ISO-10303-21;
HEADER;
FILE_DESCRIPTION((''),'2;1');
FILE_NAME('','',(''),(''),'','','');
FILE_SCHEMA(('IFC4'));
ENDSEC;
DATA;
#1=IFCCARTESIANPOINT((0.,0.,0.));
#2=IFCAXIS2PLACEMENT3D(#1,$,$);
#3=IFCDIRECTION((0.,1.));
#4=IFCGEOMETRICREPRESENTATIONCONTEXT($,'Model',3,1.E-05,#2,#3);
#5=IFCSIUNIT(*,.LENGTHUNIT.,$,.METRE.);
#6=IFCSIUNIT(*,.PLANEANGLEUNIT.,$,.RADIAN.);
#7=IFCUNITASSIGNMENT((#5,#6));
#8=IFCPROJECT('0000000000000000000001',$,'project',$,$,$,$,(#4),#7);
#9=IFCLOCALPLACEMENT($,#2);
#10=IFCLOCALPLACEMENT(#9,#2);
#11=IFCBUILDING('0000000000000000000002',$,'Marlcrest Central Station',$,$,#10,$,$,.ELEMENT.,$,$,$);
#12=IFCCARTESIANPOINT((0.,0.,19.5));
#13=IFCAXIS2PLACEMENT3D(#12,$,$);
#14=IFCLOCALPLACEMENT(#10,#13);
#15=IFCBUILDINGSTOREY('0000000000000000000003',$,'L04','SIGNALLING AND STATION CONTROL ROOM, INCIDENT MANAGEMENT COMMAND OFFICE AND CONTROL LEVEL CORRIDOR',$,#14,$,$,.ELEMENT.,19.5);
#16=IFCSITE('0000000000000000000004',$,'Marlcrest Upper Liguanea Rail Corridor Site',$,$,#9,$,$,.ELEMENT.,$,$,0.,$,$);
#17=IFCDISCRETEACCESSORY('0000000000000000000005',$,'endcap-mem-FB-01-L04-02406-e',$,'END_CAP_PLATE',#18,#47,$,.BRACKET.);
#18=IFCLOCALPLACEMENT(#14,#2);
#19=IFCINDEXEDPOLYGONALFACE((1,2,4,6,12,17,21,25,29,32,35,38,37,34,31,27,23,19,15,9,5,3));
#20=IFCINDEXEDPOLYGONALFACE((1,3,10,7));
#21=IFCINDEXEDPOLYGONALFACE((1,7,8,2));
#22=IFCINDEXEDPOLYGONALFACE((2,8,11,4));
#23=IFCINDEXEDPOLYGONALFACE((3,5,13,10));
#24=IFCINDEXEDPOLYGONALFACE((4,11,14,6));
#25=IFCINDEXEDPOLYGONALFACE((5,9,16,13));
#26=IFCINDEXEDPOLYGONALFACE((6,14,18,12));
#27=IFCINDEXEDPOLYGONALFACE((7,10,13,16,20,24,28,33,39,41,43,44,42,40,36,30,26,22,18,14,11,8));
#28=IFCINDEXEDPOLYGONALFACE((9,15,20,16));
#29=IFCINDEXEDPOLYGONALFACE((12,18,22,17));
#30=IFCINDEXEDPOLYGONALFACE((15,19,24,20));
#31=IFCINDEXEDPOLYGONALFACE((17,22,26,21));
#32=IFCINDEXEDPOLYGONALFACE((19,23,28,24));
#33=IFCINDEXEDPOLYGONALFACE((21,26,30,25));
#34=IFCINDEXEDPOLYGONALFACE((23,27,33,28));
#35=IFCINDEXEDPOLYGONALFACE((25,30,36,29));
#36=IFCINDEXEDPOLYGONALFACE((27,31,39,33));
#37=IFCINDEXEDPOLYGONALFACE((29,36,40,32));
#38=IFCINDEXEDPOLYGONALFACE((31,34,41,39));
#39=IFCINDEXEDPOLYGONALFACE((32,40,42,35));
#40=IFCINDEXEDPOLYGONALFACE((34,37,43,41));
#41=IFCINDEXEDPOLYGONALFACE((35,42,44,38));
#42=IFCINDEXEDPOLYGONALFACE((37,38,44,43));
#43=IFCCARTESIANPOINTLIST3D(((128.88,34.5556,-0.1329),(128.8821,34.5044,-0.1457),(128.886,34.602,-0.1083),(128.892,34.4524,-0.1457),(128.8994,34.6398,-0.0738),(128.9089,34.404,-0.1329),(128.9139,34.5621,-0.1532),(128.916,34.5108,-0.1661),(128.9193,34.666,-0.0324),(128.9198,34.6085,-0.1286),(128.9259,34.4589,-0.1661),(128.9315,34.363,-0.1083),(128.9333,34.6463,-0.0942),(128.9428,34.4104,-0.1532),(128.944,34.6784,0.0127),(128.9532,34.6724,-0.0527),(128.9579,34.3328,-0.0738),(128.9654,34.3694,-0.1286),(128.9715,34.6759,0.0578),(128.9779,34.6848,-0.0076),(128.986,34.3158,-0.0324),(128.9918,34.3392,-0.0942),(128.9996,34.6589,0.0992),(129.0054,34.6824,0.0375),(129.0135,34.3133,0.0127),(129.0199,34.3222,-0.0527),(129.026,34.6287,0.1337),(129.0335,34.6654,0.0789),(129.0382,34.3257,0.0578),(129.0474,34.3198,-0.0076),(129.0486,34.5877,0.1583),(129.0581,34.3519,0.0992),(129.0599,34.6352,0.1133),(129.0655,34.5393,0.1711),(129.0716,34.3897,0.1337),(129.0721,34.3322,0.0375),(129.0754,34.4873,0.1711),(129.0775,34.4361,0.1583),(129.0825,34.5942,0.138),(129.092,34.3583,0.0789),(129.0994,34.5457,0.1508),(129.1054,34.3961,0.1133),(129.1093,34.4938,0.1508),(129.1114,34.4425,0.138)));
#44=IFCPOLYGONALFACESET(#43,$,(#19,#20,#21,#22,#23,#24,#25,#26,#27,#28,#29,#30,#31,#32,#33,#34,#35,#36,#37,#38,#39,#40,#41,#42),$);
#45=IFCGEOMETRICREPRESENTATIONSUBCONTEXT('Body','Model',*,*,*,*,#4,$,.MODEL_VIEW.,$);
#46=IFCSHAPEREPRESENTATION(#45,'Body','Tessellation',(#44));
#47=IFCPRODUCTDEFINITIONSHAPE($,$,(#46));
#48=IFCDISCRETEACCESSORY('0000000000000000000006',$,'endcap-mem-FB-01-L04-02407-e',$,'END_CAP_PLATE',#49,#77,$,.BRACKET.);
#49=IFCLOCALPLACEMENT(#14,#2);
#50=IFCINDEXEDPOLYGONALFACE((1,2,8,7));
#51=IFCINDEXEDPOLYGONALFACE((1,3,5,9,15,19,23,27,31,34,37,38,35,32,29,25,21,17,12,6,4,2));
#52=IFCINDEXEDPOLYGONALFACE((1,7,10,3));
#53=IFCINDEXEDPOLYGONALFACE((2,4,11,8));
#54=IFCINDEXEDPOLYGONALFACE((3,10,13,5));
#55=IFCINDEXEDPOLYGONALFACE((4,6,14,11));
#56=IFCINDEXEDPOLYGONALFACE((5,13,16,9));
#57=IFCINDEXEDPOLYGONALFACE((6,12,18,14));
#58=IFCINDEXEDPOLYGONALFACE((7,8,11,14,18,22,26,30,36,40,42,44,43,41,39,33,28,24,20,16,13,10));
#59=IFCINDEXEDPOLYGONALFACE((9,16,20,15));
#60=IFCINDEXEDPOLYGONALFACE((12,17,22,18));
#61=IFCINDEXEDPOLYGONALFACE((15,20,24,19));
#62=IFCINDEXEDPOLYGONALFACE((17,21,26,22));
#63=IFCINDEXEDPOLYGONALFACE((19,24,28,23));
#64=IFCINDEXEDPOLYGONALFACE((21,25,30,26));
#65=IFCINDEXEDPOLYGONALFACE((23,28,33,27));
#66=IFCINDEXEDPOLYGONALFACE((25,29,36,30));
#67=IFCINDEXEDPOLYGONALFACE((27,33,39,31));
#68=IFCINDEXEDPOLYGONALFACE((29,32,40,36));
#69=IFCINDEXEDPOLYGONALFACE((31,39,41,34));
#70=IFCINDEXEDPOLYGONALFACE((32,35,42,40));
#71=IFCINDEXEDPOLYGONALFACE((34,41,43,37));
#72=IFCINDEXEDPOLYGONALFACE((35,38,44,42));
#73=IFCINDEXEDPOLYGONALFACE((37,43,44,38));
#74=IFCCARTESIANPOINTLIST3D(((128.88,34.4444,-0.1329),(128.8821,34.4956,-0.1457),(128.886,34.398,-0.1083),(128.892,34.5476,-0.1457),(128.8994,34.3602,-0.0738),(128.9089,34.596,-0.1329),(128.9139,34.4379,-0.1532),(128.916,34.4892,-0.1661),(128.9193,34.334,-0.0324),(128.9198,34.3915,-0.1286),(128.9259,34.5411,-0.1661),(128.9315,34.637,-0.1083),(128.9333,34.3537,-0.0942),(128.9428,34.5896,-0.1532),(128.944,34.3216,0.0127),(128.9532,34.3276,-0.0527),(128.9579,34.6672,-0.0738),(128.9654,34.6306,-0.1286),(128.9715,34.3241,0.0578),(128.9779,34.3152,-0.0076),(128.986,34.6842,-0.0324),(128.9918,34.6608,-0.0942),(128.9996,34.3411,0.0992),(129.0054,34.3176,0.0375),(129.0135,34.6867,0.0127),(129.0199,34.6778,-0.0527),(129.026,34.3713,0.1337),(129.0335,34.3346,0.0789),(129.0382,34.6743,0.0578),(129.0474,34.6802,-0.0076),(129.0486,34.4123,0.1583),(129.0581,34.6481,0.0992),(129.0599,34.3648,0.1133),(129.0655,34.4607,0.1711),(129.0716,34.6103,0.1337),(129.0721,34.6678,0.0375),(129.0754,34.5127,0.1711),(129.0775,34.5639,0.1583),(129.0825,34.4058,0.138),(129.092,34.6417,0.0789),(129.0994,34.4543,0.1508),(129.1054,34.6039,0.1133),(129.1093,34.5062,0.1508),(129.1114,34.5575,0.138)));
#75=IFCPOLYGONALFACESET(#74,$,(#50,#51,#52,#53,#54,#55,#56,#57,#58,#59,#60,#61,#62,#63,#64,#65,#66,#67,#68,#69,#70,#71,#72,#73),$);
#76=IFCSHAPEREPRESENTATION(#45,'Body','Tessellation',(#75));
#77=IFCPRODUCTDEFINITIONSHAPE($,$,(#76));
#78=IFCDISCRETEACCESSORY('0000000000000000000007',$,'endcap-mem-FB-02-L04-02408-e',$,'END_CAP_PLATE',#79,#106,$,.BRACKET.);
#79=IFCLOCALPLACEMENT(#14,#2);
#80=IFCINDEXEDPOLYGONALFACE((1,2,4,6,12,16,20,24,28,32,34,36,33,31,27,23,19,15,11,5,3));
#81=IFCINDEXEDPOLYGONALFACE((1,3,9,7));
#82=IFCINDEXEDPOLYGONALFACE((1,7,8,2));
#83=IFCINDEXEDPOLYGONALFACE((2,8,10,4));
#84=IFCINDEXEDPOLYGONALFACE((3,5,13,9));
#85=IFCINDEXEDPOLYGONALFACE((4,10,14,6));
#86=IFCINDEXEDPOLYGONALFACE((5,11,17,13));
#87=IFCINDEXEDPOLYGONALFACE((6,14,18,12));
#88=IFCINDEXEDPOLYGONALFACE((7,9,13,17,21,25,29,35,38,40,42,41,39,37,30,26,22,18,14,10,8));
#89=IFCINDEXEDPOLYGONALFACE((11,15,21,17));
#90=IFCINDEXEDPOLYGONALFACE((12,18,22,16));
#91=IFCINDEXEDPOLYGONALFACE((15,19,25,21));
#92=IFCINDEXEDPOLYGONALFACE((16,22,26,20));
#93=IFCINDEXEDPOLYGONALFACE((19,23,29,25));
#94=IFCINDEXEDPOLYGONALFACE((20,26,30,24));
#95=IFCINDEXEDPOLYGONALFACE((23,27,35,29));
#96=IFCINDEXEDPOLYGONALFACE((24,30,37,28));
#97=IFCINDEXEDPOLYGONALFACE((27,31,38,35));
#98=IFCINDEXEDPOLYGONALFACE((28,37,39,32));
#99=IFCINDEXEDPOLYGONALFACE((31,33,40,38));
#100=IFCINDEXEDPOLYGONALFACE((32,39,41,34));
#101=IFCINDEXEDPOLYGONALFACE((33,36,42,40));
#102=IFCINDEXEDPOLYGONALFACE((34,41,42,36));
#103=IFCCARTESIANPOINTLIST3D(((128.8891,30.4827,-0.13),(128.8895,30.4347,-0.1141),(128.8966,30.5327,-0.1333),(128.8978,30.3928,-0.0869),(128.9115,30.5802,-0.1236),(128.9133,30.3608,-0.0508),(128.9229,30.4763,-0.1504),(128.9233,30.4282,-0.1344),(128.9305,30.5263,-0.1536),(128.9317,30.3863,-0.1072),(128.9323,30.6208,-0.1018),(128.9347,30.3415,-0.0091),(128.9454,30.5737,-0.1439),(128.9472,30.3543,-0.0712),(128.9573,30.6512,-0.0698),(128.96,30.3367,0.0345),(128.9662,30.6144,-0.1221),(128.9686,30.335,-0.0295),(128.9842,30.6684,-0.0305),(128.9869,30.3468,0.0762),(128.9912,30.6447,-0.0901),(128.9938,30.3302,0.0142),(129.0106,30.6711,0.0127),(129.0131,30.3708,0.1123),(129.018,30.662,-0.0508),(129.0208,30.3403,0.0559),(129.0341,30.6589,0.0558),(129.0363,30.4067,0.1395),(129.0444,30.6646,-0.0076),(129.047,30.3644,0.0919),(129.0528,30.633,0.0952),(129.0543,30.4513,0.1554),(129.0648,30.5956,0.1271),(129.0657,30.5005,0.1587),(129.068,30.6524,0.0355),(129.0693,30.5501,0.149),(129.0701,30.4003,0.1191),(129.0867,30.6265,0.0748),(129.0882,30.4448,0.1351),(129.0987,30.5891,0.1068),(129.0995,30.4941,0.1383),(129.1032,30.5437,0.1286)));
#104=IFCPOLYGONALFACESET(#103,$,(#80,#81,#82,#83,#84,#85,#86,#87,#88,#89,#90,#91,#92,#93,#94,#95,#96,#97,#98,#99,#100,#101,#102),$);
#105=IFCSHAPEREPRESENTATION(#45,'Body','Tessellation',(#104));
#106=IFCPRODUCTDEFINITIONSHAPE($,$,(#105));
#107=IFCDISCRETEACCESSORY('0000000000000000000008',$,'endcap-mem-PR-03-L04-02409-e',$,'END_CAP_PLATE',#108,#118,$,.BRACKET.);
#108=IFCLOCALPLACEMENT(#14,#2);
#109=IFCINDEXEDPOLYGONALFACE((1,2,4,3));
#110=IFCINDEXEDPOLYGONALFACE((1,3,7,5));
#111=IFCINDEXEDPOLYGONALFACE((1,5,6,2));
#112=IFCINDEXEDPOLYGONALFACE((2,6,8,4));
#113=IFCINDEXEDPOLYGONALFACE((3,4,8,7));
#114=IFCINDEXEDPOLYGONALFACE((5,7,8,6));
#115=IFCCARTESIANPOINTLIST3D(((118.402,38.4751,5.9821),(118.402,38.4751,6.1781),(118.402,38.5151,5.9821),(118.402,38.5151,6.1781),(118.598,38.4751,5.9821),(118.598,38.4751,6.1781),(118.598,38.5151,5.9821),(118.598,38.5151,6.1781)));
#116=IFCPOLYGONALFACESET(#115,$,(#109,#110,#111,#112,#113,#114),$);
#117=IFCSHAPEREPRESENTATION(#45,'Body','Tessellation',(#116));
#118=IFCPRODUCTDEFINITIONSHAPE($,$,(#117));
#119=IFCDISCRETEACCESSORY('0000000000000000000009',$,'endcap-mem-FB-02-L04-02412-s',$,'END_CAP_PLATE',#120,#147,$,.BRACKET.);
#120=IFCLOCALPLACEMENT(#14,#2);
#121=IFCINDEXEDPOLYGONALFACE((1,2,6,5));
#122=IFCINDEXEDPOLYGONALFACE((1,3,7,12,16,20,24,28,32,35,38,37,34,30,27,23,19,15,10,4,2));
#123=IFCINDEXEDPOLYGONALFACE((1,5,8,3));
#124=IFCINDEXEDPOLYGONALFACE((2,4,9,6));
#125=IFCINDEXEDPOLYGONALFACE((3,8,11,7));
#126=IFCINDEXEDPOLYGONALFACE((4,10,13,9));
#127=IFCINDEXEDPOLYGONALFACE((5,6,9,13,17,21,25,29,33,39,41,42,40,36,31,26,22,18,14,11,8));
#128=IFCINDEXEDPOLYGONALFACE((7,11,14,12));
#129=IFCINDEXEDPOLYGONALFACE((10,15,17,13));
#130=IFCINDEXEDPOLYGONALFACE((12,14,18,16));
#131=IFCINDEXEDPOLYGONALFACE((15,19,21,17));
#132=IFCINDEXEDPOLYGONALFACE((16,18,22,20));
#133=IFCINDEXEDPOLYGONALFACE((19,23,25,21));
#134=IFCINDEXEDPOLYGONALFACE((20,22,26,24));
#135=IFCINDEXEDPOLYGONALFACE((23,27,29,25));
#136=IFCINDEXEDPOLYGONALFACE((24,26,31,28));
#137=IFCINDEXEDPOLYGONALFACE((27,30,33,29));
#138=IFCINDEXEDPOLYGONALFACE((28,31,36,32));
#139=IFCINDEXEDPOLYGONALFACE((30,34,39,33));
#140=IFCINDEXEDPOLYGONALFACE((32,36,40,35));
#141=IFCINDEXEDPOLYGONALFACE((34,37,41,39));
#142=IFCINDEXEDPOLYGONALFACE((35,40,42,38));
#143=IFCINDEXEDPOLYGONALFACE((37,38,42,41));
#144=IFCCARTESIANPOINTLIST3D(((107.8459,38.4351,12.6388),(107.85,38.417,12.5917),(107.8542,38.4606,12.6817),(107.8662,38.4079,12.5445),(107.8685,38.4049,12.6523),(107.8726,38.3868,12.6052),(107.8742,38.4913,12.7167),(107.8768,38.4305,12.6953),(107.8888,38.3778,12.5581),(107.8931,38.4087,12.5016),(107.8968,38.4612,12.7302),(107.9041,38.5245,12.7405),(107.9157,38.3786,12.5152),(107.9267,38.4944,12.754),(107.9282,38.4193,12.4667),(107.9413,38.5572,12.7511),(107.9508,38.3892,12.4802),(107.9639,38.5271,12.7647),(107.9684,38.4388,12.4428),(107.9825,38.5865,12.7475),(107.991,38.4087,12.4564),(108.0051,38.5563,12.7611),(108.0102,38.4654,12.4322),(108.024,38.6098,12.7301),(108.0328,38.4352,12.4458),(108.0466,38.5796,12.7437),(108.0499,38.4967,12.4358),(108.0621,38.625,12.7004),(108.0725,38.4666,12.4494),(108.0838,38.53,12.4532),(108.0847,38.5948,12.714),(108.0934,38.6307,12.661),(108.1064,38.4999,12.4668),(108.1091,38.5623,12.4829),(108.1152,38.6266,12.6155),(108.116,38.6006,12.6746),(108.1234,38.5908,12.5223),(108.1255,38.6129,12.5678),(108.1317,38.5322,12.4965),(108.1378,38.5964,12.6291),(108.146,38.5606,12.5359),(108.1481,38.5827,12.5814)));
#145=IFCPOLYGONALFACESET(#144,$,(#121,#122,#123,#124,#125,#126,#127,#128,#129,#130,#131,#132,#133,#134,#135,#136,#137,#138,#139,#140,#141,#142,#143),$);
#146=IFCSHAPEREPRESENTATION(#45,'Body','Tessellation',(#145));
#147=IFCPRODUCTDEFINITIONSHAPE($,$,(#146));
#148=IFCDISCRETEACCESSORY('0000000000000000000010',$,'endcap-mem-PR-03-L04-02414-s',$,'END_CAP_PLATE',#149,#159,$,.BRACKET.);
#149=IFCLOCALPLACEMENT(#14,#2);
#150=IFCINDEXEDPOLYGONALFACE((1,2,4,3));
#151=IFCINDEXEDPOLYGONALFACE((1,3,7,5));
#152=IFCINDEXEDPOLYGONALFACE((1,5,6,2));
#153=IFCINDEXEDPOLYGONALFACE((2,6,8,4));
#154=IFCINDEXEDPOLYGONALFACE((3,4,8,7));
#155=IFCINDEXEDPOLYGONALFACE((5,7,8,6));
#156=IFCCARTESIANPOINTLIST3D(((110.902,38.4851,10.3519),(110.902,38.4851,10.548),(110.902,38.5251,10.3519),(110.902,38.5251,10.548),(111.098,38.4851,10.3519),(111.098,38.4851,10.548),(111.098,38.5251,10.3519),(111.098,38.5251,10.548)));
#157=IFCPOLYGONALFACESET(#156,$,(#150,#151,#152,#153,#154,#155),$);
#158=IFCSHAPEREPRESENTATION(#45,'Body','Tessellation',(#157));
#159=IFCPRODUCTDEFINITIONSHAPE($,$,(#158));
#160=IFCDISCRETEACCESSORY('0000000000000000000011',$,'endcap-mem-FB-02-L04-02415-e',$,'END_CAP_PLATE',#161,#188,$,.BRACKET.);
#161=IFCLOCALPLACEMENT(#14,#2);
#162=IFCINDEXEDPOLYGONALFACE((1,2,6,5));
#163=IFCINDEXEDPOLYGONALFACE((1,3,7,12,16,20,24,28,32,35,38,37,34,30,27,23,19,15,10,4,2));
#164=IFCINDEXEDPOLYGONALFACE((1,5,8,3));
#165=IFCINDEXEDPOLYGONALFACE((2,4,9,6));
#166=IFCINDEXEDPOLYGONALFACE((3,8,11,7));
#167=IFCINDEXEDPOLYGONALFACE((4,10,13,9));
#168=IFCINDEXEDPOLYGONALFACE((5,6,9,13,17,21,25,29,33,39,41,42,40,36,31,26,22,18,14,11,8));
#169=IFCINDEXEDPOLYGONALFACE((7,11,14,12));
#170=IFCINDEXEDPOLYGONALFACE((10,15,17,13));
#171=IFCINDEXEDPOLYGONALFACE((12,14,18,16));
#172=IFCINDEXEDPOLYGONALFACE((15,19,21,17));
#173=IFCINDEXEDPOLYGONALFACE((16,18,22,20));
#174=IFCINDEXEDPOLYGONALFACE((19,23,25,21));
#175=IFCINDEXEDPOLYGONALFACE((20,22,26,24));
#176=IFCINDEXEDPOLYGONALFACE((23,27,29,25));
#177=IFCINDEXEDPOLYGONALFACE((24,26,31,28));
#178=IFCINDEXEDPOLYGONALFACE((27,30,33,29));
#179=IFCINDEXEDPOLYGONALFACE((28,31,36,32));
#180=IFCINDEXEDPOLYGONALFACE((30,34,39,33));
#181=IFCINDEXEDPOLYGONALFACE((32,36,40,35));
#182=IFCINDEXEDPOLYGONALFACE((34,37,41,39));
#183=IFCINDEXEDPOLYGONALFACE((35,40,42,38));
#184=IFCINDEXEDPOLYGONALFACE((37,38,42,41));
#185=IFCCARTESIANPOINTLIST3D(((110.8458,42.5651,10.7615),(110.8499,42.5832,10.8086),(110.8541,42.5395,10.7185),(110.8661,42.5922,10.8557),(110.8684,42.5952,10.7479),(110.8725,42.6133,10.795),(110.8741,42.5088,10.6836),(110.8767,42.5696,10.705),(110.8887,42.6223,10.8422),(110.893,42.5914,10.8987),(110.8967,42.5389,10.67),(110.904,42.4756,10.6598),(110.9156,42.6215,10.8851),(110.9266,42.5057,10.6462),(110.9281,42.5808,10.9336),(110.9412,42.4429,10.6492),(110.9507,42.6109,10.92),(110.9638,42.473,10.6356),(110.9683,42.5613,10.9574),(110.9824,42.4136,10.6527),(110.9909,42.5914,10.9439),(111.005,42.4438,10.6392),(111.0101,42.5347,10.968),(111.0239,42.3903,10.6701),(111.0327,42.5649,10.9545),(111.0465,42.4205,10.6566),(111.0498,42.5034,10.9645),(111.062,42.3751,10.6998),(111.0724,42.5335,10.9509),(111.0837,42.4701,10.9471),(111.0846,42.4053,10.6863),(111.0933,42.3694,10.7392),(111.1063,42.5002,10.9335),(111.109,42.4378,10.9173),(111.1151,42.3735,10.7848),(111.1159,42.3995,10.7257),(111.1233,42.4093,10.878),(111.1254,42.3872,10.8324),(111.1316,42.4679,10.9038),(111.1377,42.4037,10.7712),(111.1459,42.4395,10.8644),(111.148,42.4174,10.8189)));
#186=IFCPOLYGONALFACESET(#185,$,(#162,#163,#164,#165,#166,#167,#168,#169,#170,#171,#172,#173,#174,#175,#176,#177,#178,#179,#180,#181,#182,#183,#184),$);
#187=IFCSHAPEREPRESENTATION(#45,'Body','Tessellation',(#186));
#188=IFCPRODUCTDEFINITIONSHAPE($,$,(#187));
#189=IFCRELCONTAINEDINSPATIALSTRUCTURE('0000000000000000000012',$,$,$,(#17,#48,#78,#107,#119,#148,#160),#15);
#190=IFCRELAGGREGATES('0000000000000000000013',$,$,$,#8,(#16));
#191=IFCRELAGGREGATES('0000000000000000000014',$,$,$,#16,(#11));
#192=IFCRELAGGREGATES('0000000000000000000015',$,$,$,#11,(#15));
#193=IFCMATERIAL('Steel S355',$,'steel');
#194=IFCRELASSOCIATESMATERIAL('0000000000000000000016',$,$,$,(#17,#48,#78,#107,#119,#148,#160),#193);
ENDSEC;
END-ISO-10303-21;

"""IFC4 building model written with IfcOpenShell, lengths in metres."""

from ifc_helpers import new_model, si_unit, direction, frame, origin, origin_2d, place, context, subcontext, project, spatial, rectangle, circle, extrude, material, element, save


model = new_model("IFC4")

# Units and contexts
model_context = context("Model", 3, precision=1e-05, world=origin(), true_north=direction((0.0, 1.0)))
body_context = subcontext(model_context, "Body", "Model", "MODEL_VIEW")
ifc_project = project(units=[si_unit("LENGTHUNIT", "METRE"), si_unit("PLANEANGLEUNIT", "RADIAN")], contexts=[model_context])

# Site, building, storey
site_placement = place(None, origin())
site = spatial("IfcSite", under=ifc_project, at=site_placement, Name="Marlcrest Upper Liguanea Rail Corridor Site", CompositionType="ELEMENT", RefElevation=0.0)
building_placement = place(site_placement, origin())
building = spatial("IfcBuilding", under=site, at=building_placement, Name="Marlcrest Central Station", CompositionType="ELEMENT")
storey_placement = place(building_placement, frame((0.0, 0.0, 19.5)))
storey = spatial("IfcBuildingStorey", under=building, at=storey_placement, Name="L04", Description="SIGNALLING AND STATION CONTROL ROOM, INCIDENT MANAGEMENT COMMAND OFFICE AND CONTROL LEVEL CORRIDOR", CompositionType="ELEMENT", Elevation=19.5)

# Shared definitions
ifc_material_1 = material(Name="Steel S355", Category="steel")

# Discrete accessories
for number, where, z_axis, x_axis, name in (
    (1, (128.9788, 34.4958, 0.0127), (0.846277, 0.161196, -0.50777), (-0.187112, 0.982339, 0.0), "endcap-mem-FB-01-L04-02406-e"),
    (2, (128.9788, 34.5042, 0.0127), (0.846277, -0.161196, -0.50777), (0.187112, 0.982339, 0.0), "endcap-mem-FB-01-L04-02407-e"),
):
    element("IfcDiscreteAccessory", number, at=place(storey_placement, frame(where, z_axis=z_axis, x_axis=x_axis)), inside=storey, material=ifc_material_1, Name=name, ObjectType="END_CAP_PLATE", PredefinedType="BRACKET", context=body_context, shape_type="SweptSolid", body=[
        extrude(circle(Radius=0.1858, at=origin_2d()), origin(), (0.0, 0.0, 1.0), 0.04),
    ])
discrete_accessory_1_placement = place(storey_placement, frame((128.9788, 30.5042, 0.0127), z_axis=(0.846277, -0.161196, -0.50777), x_axis=(0.187112, 0.982339, 0.0)))
element("IfcDiscreteAccessory", 3, at=discrete_accessory_1_placement, inside=storey, material=ifc_material_1, Name="endcap-mem-FB-02-L04-02408-e", ObjectType="END_CAP_PLATE", PredefinedType="BRACKET", context=body_context, shape_type="SweptSolid", body=[
    extrude(circle(Radius=0.1699, at=origin_2d()), origin(), (0.0, 0.0, 1.0), 0.04),
])
discrete_accessory_2_placement = place(storey_placement, frame((118.5, 38.4751, 6.0801), z_axis=(0.0, 1.0, 0.0), x_axis=(-1.0, 0.0, 0.0)))
element("IfcDiscreteAccessory", 4, at=discrete_accessory_2_placement, inside=storey, material=ifc_material_1, Name="endcap-mem-PR-03-L04-02409-e", ObjectType="END_CAP_PLATE", PredefinedType="BRACKET", context=body_context, shape_type="SweptSolid", body=[
    extrude(rectangle(XDim=0.196, YDim=0.196, at=origin_2d()), origin(), (0.0, 0.0, 1.0), 0.04),
])
discrete_accessory_3_placement = place(storey_placement, frame((108.0085, 38.4888, 12.6052), z_axis=(-0.564531, 0.752708, -0.338728), x_axis=(-0.8, -0.6, 0.0)))
element("IfcDiscreteAccessory", 5, at=discrete_accessory_3_placement, inside=storey, material=ifc_material_1, Name="endcap-mem-FB-02-L04-02412-s", ObjectType="END_CAP_PLATE", PredefinedType="BRACKET", context=body_context, shape_type="SweptSolid", body=[
    extrude(circle(Radius=0.1699, at=origin_2d()), origin(), (0.0, 0.0, 1.0), 0.04),
])
discrete_accessory_4_placement = place(storey_placement, frame((111.0, 38.4851, 10.45), z_axis=(0.0, 1.0, 0.0), x_axis=(-1.0, 0.0, 0.0)))
element("IfcDiscreteAccessory", 6, at=discrete_accessory_4_placement, inside=storey, material=ifc_material_1, Name="endcap-mem-PR-03-L04-02414-s", ObjectType="END_CAP_PLATE", PredefinedType="BRACKET", context=body_context, shape_type="SweptSolid", body=[
    extrude(rectangle(XDim=0.196, YDim=0.196, at=origin_2d()), origin(), (0.0, 0.0, 1.0), 0.04),
])
discrete_accessory_5_placement = place(storey_placement, frame((110.9858, 42.4812, 10.8086), z_axis=(0.564531, 0.752708, -0.338728), x_axis=(-0.8, 0.6, 0.0)))
element("IfcDiscreteAccessory", 7, at=discrete_accessory_5_placement, inside=storey, material=ifc_material_1, Name="endcap-mem-FB-02-L04-02415-e", ObjectType="END_CAP_PLATE", PredefinedType="BRACKET", context=body_context, shape_type="SweptSolid", body=[
    extrude(circle(Radius=0.1699, at=origin_2d()), origin(), (0.0, 0.0, 1.0), 0.04),
])

save(model, "model.ifc")
